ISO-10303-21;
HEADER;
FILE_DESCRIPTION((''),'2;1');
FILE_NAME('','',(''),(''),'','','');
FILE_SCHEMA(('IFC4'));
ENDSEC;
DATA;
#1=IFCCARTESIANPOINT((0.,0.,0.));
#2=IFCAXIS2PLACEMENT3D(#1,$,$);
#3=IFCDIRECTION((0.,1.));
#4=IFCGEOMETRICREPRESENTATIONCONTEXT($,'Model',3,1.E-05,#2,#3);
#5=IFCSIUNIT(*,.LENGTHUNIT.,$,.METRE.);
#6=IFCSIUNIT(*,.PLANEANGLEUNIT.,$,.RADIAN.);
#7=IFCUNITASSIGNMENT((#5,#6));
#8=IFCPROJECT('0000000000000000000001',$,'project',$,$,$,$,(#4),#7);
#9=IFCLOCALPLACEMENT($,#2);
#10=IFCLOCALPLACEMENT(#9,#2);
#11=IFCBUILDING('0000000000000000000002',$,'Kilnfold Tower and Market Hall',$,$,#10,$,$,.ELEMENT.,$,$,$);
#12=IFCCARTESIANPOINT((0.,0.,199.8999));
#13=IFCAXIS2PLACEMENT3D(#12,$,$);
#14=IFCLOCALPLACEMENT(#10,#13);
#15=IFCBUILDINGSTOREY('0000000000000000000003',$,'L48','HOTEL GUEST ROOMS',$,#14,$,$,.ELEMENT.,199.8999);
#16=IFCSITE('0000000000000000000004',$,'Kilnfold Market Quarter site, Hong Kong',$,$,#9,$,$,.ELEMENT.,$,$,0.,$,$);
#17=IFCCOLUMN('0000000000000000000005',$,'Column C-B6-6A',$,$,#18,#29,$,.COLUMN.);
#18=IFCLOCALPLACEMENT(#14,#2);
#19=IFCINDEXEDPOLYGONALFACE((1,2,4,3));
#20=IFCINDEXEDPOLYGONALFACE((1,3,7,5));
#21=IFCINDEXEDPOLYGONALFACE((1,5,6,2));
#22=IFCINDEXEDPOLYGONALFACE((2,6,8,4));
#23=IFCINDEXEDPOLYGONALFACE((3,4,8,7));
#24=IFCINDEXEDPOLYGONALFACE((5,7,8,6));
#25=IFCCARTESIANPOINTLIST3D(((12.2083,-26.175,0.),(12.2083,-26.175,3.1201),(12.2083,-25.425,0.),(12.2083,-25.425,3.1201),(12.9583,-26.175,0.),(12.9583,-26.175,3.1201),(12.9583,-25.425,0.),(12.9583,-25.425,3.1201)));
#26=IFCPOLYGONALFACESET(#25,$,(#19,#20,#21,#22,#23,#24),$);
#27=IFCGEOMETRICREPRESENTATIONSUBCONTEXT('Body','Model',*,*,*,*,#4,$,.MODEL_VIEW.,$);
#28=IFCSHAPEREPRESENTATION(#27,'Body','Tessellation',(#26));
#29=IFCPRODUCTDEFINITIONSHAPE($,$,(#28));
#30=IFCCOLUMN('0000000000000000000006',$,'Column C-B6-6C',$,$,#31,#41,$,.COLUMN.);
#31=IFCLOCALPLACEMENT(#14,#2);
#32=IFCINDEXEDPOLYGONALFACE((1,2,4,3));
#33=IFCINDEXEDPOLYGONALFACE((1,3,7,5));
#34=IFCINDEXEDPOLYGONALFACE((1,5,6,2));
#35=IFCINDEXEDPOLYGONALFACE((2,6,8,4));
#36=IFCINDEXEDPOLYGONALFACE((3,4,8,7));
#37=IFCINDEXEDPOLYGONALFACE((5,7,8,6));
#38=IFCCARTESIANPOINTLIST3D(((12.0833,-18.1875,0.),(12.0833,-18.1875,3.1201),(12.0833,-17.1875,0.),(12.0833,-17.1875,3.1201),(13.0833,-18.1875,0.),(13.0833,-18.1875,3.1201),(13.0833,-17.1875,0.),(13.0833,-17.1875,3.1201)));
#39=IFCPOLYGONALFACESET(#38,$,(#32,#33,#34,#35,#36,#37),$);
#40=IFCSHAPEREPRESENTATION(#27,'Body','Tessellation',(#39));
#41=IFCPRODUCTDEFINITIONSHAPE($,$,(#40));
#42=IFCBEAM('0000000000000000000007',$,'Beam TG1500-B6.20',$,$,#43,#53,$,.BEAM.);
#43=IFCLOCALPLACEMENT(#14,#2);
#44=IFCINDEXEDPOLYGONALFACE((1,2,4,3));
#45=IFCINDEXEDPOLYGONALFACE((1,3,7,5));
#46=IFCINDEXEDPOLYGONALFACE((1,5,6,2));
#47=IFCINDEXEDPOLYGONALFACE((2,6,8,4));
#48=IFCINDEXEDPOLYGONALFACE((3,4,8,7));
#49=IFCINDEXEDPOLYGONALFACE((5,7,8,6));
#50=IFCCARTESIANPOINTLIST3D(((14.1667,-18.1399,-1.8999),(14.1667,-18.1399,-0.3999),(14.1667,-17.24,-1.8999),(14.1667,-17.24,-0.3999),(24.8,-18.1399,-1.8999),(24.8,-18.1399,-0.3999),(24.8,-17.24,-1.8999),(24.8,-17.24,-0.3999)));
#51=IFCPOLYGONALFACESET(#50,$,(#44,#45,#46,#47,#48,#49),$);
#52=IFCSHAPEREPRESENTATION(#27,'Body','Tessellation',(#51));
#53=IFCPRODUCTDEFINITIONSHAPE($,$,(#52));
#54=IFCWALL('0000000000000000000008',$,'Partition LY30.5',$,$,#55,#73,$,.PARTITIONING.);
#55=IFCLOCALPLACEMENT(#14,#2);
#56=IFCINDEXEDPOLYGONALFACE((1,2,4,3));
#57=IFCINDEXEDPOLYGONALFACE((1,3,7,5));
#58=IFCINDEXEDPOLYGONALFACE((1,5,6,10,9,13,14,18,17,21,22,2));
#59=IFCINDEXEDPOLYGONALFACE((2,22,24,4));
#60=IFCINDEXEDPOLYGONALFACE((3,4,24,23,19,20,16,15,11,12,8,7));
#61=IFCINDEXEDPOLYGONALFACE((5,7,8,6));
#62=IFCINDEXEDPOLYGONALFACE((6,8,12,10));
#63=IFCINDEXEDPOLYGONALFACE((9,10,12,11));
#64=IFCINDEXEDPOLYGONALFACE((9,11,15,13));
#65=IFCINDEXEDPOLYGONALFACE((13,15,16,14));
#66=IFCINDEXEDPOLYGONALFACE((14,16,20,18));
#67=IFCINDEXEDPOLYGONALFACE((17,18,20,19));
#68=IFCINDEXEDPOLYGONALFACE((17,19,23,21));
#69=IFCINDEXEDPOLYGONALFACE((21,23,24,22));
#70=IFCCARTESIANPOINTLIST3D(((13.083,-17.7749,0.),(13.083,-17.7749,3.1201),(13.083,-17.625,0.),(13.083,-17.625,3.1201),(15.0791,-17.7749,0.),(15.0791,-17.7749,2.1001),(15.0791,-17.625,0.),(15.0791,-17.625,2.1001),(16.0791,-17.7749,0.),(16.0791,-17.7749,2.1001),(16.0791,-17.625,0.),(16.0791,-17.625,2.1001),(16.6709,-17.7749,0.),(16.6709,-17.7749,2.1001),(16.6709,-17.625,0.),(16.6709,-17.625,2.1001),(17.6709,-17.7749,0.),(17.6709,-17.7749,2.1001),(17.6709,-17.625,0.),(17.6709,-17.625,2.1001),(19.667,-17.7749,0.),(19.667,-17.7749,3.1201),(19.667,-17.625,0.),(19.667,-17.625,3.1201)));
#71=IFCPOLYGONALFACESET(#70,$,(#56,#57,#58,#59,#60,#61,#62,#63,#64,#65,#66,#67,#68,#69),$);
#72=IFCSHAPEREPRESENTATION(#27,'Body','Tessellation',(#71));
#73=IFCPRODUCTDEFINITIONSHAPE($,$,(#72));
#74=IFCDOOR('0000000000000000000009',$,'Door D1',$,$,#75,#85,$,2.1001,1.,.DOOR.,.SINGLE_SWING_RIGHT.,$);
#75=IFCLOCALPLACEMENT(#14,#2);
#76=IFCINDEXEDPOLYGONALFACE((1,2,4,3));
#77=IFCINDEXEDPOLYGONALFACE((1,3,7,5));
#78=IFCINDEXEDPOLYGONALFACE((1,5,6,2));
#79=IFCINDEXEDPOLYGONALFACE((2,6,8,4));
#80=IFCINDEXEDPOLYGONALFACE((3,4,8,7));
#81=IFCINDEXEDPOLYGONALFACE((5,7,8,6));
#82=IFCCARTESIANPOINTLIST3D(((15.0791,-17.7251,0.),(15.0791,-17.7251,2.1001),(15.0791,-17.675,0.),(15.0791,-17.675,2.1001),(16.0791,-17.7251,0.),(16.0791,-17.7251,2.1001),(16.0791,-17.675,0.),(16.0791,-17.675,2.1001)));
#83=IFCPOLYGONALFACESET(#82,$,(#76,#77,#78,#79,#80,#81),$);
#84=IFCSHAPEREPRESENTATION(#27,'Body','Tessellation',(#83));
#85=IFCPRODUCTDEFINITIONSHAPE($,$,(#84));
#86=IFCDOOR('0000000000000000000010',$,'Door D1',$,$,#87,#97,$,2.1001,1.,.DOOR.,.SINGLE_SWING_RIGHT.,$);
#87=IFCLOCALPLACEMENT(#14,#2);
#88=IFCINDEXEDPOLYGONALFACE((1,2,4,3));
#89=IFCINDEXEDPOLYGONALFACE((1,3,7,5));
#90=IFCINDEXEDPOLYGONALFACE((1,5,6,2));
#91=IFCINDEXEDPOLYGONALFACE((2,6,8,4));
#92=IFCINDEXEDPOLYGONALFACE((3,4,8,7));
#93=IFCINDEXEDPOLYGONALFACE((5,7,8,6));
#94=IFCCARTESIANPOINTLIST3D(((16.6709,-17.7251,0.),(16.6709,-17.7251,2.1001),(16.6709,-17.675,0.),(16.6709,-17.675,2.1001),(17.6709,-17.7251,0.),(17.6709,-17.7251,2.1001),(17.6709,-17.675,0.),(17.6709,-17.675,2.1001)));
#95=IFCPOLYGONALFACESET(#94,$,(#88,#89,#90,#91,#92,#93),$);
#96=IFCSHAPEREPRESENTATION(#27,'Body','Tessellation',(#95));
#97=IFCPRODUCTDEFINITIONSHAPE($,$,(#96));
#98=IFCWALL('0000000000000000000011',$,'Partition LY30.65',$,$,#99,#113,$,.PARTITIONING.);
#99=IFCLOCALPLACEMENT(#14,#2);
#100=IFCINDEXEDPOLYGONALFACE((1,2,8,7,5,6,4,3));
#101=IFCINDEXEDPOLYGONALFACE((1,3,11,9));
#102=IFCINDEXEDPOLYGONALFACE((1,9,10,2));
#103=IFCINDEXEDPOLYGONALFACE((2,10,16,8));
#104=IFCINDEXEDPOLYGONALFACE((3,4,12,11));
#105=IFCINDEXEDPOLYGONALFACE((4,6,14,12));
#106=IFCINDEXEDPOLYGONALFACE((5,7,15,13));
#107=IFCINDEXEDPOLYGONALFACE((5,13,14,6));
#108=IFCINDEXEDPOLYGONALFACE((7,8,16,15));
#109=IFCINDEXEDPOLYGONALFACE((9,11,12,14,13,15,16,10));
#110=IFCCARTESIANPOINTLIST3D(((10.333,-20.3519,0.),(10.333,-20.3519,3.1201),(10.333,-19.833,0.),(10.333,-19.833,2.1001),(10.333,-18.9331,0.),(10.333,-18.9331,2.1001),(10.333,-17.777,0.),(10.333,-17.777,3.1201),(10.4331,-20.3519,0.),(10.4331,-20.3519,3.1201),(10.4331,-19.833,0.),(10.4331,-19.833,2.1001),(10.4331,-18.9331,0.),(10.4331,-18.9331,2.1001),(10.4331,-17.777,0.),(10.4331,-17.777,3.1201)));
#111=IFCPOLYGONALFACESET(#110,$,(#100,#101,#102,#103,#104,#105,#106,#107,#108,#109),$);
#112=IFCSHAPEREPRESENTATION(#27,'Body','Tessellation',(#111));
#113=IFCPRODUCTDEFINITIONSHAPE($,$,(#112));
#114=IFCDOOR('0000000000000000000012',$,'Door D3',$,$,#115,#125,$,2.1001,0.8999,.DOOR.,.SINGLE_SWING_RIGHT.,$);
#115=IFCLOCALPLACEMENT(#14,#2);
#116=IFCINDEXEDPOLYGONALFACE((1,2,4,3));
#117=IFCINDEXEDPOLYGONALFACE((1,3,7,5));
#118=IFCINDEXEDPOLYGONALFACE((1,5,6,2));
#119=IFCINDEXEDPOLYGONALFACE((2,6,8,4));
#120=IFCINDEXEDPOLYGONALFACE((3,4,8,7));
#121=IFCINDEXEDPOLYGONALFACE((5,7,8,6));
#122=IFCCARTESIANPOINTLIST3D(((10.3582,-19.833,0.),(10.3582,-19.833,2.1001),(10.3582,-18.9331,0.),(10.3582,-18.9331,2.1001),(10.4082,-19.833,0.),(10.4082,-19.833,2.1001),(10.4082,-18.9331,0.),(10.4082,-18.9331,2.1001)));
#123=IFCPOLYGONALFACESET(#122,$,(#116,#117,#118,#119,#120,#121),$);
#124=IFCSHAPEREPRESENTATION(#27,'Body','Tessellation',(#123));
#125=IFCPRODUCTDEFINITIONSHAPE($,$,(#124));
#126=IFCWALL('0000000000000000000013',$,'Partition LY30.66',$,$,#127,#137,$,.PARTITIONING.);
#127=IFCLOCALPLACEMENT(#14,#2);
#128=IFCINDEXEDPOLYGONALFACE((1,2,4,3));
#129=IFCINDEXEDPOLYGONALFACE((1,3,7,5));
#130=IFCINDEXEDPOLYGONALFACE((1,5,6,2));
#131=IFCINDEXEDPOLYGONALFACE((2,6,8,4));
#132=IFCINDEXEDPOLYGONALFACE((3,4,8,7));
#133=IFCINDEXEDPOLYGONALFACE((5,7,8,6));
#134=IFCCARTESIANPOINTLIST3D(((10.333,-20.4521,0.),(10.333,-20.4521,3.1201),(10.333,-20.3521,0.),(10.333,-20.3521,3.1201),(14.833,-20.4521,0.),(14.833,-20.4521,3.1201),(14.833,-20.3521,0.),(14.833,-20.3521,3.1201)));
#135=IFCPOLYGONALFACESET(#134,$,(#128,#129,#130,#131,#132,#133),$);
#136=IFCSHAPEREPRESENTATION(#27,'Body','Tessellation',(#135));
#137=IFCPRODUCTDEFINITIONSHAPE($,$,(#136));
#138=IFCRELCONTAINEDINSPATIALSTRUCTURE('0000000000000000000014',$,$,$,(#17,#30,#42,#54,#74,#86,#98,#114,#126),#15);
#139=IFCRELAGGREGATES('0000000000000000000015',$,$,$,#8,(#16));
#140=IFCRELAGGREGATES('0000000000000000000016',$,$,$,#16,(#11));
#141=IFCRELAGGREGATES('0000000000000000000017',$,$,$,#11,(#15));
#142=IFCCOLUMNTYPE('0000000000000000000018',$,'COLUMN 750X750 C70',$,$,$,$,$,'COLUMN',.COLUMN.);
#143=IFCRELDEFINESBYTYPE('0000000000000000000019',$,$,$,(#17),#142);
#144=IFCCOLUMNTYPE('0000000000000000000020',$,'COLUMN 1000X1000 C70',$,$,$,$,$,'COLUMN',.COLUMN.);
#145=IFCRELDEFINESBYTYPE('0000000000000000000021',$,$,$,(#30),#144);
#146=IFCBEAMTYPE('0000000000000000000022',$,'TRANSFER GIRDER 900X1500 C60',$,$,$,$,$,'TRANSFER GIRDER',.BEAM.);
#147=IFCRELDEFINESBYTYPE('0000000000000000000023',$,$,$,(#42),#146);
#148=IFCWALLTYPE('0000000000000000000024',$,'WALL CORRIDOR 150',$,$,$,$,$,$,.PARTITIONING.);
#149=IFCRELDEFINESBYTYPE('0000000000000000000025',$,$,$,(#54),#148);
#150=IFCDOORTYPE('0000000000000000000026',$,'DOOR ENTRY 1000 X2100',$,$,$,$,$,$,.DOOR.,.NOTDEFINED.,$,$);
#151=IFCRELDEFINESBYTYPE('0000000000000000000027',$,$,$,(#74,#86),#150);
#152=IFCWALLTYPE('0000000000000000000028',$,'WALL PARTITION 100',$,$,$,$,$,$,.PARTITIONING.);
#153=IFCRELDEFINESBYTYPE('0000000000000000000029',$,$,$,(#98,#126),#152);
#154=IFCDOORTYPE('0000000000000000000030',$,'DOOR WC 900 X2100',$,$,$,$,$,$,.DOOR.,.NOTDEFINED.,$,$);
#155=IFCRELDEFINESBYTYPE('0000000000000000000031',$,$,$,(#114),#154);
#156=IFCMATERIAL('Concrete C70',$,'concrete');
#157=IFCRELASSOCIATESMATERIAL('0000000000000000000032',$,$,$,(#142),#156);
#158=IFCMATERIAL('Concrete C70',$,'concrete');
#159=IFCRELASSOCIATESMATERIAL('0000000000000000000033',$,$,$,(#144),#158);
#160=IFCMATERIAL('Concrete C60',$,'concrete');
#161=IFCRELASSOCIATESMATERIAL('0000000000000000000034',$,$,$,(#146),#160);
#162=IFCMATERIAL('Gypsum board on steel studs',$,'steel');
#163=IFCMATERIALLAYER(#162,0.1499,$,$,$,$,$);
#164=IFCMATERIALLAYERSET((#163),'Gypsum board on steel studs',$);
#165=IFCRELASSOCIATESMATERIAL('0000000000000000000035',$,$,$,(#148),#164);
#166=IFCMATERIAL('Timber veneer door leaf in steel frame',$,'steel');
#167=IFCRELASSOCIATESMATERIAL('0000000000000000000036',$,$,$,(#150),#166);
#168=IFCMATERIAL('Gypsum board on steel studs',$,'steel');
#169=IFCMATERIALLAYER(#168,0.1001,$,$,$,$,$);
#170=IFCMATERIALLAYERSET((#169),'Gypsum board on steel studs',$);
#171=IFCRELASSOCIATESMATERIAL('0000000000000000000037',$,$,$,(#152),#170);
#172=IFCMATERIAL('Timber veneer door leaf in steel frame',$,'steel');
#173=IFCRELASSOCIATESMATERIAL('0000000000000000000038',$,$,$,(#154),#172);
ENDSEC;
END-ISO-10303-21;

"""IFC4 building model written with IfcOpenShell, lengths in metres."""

from ifc_helpers import new_model, si_unit, direction, frame, frame_2d, origin, origin_2d, place, context, subcontext, project, spatial, rectangle, extrude, source, transform, mapped, material, layer, layer_set, material_profile, profile_set, type_object, element, fill, save


model = new_model("IFC4")

# Units and contexts
model_context = context("Model", 3, precision=1e-05, world=origin(), true_north=direction((0.0, 1.0)))
body_context = subcontext(model_context, "Body", "Model", "MODEL_VIEW")
ifc_project = project(units=[si_unit("LENGTHUNIT", "METRE"), si_unit("PLANEANGLEUNIT", "RADIAN")], contexts=[model_context])

# Site, building, storey
site_placement = place(None, origin())
site = spatial("IfcSite", under=ifc_project, at=site_placement, Name="Kilnfold Market Quarter site, Hong Kong", CompositionType="ELEMENT", RefElevation=0.0)
building_placement = place(site_placement, origin())
building = spatial("IfcBuilding", under=site, at=building_placement, Name="Kilnfold Tower and Market Hall", CompositionType="ELEMENT")
storey_placement = place(building_placement, frame((0.0, 0.0, 199.8999)))
storey = spatial("IfcBuildingStorey", under=building, at=storey_placement, Name="L48", Description="HOTEL GUEST ROOMS", CompositionType="ELEMENT", Elevation=199.8999)

# Columns
ifc_material_1 = material(Name="Concrete C70", Category="concrete")
ifc_material_profile_1 = material_profile(ifc_material_1, rectangle(XDim=0.75, YDim=0.75, at=origin_2d()), Name="RC 750x750")
ifc_profile_set_1 = profile_set([ifc_material_profile_1], Name="Concrete C70")
column_type_1 = type_object("IfcColumnType", Name="COLUMN 750X750 C70", ElementType="COLUMN", PredefinedType="COLUMN", material=ifc_profile_set_1)
shared_shape_1 = source(origin(), body_context, "Body", "SweptSolid", [
    extrude(rectangle(XDim=0.75, YDim=0.75, at=origin_2d()), origin(), (0.0, 0.0, 1.0), 3.1201),
])
column_1_placement = place(storey_placement, frame((12.5833, -25.8, 0.0), z_axis=(0.0, 0.0, 1.0), x_axis=(1.0, 0.0, 0.0)))
element("IfcColumn", 1, at=column_1_placement, inside=storey, type_object=column_type_1, Name="Column C-B6-6A", PredefinedType="COLUMN", context=body_context, shape_type="MappedRepresentation", body=[
    mapped(shared_shape_1, transform((0.0, 0.0, 0.0))),
])
ifc_material_2 = material(Name="Concrete C70", Category="concrete")
ifc_material_profile_2 = material_profile(ifc_material_2, rectangle(XDim=1.0, YDim=1.0, at=origin_2d()), Name="RC 1000x1000")
ifc_profile_set_2 = profile_set([ifc_material_profile_2], Name="Concrete C70")
column_type_2 = type_object("IfcColumnType", Name="COLUMN 1000X1000 C70", ElementType="COLUMN", PredefinedType="COLUMN", material=ifc_profile_set_2)
shared_shape_2 = source(origin(), body_context, "Body", "SweptSolid", [
    extrude(rectangle(XDim=1.0, YDim=1.0, at=origin_2d()), origin(), (0.0, 0.0, 1.0), 3.1201),
])
column_2_placement = place(storey_placement, frame((12.5833, -17.6875, 0.0), z_axis=(0.0, 0.0, 1.0), x_axis=(1.0, 0.0, 0.0)))
element("IfcColumn", 2, at=column_2_placement, inside=storey, type_object=column_type_2, Name="Column C-B6-6C", PredefinedType="COLUMN", context=body_context, shape_type="MappedRepresentation", body=[
    mapped(shared_shape_2, transform((0.0, 0.0, 0.0))),
])

# Beam
ifc_material_3 = material(Name="Concrete C60", Category="concrete")
ifc_material_profile_3 = material_profile(ifc_material_3, rectangle(XDim=0.8999, YDim=1.5, at=origin_2d()), Name="RC 900x1500")
ifc_profile_set_3 = profile_set([ifc_material_profile_3], Name="Concrete C60")
beam_type = type_object("IfcBeamType", Name="TRANSFER GIRDER 900X1500 C60", ElementType="TRANSFER GIRDER", PredefinedType="BEAM", material=ifc_profile_set_3)
shared_shape_3 = source(origin(), body_context, "Body", "SweptSolid", [
    extrude(rectangle(XDim=0.8999, YDim=1.5, at=origin_2d()), origin(), (0.0, 0.0, 1.0), 10.6333),
])
beam_placement = place(storey_placement, frame((14.1667, -17.6899, -1.1499), z_axis=(1.0, 0.0, 0.0), x_axis=(0.0, 1.0, 0.0)))
element("IfcBeam", 3, at=beam_placement, inside=storey, type_object=beam_type, Name="Beam TG1500-B6.20", PredefinedType="BEAM", context=body_context, shape_type="MappedRepresentation", body=[
    mapped(shared_shape_3, transform((0.0, 0.0, 0.0))),
])

# Wall, openings, doors
ifc_material_4 = material(Name="Gypsum board on steel studs", Category="steel")
ifc_layer_1 = layer(ifc_material_4, 0.1499)
ifc_layer_set_1 = layer_set([ifc_layer_1], Name="Gypsum board on steel studs")
wall_type_1 = type_object("IfcWallType", Name="WALL CORRIDOR 150", PredefinedType="PARTITIONING", material=ifc_layer_set_1)
wall_1_placement = place(storey_placement, frame((13.083, -17.7, 0.0), z_axis=(0.0, 0.0, 1.0), x_axis=(1.0, 0.0, 0.0)))
wall_1 = element("IfcWall", 4, at=wall_1_placement, inside=storey, type_object=wall_type_1, Name="Partition LY30.5", PredefinedType="PARTITIONING", context=body_context, shape_type="SweptSolid", body=[
    extrude(rectangle(XDim=6.584, YDim=0.1499, at=frame_2d((3.292, 0.0))), origin(), (0.0, 0.0, 1.0), 3.1201),
])
opening_1_placement = place(wall_1_placement, frame((1.9961, 0.0, 0.0)))
opening_1 = element("IfcOpeningElement", 5, at=opening_1_placement, cuts=wall_1, PredefinedType="OPENING", context=body_context, shape_type="SweptSolid", body=[
    extrude(rectangle(XDim=1.0, YDim=2.1001, at=frame_2d((0.5, 1.05))), frame((0.0, 0.085, 0.0), z_axis=(0.0, -1.0, 0.0), x_axis=(1.0, 0.0, 0.0)), (0.0, 0.0, 1.0), 0.1699),
])
opening_2_placement = place(wall_1_placement, frame((3.5879, 0.0, 0.0)))
opening_2 = element("IfcOpeningElement", 6, at=opening_2_placement, cuts=wall_1, PredefinedType="OPENING", context=body_context, shape_type="SweptSolid", body=[
    extrude(rectangle(XDim=1.0, YDim=2.1001, at=frame_2d((0.5, 1.05))), frame((0.0, 0.085, 0.0), z_axis=(0.0, -1.0, 0.0), x_axis=(1.0, 0.0, 0.0)), (0.0, 0.0, 1.0), 0.1699),
])
ifc_material_5 = material(Name="Timber veneer door leaf in steel frame", Category="steel")
door_type_1 = type_object("IfcDoorType", Name="DOOR ENTRY 1000 X2100", OperationType="NOTDEFINED", PredefinedType="DOOR", material=ifc_material_5)
door_1_placement = place(opening_1_placement, origin())
door_1 = element("IfcDoor", 7, at=door_1_placement, inside=storey, type_object=door_type_1, Name="Door D1", OperationType="SINGLE_SWING_RIGHT", OverallHeight=2.1001, OverallWidth=1.0, PredefinedType="DOOR", context=body_context, shape_type="SweptSolid", body=[
    extrude(rectangle(XDim=1.0, YDim=2.1001, at=frame_2d((0.5, 1.05))), frame((0.0, 0.0249, 0.0), z_axis=(0.0, -1.0, 0.0), x_axis=(1.0, 0.0, 0.0)), (0.0, 0.0, 1.0), 0.05),
])
fill(opening_1, door_1)
door_2_placement = place(opening_2_placement, origin())
door_2 = element("IfcDoor", 8, at=door_2_placement, inside=storey, type_object=door_type_1, Name="Door D1", OperationType="SINGLE_SWING_RIGHT", OverallHeight=2.1001, OverallWidth=1.0, PredefinedType="DOOR", context=body_context, shape_type="SweptSolid", body=[
    extrude(rectangle(XDim=1.0, YDim=2.1001, at=frame_2d((0.5, 1.05))), frame((0.0, 0.0249, 0.0), z_axis=(0.0, -1.0, 0.0), x_axis=(1.0, 0.0, 0.0)), (0.0, 0.0, 1.0), 0.05),
])
fill(opening_2, door_2)

# Wall, opening, door
ifc_material_6 = material(Name="Gypsum board on steel studs", Category="steel")
ifc_layer_2 = layer(ifc_material_6, 0.1001)
ifc_layer_set_2 = layer_set([ifc_layer_2], Name="Gypsum board on steel studs")
wall_type_2 = type_object("IfcWallType", Name="WALL PARTITION 100", PredefinedType="PARTITIONING", material=ifc_layer_set_2)
wall_2_placement = place(storey_placement, frame((10.3831, -20.3521, 0.0), z_axis=(0.0, 0.0, 1.0), x_axis=(0.0, 1.0, 0.0)))
wall_2 = element("IfcWall", 9, at=wall_2_placement, inside=storey, type_object=wall_type_2, Name="Partition LY30.65", PredefinedType="PARTITIONING", context=body_context, shape_type="SweptSolid", body=[
    extrude(rectangle(XDim=2.575, YDim=0.1001, at=frame_2d((1.2876, 0.0))), origin(), (0.0, 0.0, 1.0), 3.1201),
])
opening_3_placement = place(wall_2_placement, frame((0.519, 0.0, 0.0)))
opening_3 = element("IfcOpeningElement", 10, at=opening_3_placement, cuts=wall_2, PredefinedType="OPENING", context=body_context, shape_type="SweptSolid", body=[
    extrude(rectangle(XDim=0.8999, YDim=2.1001, at=frame_2d((0.45, 1.05))), frame((0.0, 0.0601, 0.0), z_axis=(0.0, -1.0, 0.0), x_axis=(1.0, 0.0, 0.0)), (0.0, 0.0, 1.0), 0.1201),
])
ifc_material_7 = material(Name="Timber veneer door leaf in steel frame", Category="steel")
door_type_2 = type_object("IfcDoorType", Name="DOOR WC 900 X2100", OperationType="NOTDEFINED", PredefinedType="DOOR", material=ifc_material_7)
door_3_placement = place(opening_3_placement, origin())
door_3 = element("IfcDoor", 11, at=door_3_placement, inside=storey, type_object=door_type_2, Name="Door D3", OperationType="SINGLE_SWING_RIGHT", OverallHeight=2.1001, OverallWidth=0.8999, PredefinedType="DOOR", context=body_context, shape_type="SweptSolid", body=[
    extrude(rectangle(XDim=0.8999, YDim=2.1001, at=frame_2d((0.45, 1.05))), frame((0.0, 0.0249, 0.0), z_axis=(0.0, -1.0, 0.0), x_axis=(1.0, 0.0, 0.0)), (0.0, 0.0, 1.0), 0.05),
])
fill(opening_3, door_3)

# Wall
wall_3_placement = place(storey_placement, frame((10.333, -20.4021, 0.0), z_axis=(0.0, 0.0, 1.0), x_axis=(1.0, 0.0, 0.0)))
element("IfcWall", 12, at=wall_3_placement, inside=storey, type_object=wall_type_2, Name="Partition LY30.66", PredefinedType="PARTITIONING", context=body_context, shape_type="SweptSolid", body=[
    extrude(rectangle(XDim=4.5, YDim=0.1001, at=frame_2d((2.25, 0.0))), origin(), (0.0, 0.0, 1.0), 3.1201),
])

save(model, "model.ifc")
